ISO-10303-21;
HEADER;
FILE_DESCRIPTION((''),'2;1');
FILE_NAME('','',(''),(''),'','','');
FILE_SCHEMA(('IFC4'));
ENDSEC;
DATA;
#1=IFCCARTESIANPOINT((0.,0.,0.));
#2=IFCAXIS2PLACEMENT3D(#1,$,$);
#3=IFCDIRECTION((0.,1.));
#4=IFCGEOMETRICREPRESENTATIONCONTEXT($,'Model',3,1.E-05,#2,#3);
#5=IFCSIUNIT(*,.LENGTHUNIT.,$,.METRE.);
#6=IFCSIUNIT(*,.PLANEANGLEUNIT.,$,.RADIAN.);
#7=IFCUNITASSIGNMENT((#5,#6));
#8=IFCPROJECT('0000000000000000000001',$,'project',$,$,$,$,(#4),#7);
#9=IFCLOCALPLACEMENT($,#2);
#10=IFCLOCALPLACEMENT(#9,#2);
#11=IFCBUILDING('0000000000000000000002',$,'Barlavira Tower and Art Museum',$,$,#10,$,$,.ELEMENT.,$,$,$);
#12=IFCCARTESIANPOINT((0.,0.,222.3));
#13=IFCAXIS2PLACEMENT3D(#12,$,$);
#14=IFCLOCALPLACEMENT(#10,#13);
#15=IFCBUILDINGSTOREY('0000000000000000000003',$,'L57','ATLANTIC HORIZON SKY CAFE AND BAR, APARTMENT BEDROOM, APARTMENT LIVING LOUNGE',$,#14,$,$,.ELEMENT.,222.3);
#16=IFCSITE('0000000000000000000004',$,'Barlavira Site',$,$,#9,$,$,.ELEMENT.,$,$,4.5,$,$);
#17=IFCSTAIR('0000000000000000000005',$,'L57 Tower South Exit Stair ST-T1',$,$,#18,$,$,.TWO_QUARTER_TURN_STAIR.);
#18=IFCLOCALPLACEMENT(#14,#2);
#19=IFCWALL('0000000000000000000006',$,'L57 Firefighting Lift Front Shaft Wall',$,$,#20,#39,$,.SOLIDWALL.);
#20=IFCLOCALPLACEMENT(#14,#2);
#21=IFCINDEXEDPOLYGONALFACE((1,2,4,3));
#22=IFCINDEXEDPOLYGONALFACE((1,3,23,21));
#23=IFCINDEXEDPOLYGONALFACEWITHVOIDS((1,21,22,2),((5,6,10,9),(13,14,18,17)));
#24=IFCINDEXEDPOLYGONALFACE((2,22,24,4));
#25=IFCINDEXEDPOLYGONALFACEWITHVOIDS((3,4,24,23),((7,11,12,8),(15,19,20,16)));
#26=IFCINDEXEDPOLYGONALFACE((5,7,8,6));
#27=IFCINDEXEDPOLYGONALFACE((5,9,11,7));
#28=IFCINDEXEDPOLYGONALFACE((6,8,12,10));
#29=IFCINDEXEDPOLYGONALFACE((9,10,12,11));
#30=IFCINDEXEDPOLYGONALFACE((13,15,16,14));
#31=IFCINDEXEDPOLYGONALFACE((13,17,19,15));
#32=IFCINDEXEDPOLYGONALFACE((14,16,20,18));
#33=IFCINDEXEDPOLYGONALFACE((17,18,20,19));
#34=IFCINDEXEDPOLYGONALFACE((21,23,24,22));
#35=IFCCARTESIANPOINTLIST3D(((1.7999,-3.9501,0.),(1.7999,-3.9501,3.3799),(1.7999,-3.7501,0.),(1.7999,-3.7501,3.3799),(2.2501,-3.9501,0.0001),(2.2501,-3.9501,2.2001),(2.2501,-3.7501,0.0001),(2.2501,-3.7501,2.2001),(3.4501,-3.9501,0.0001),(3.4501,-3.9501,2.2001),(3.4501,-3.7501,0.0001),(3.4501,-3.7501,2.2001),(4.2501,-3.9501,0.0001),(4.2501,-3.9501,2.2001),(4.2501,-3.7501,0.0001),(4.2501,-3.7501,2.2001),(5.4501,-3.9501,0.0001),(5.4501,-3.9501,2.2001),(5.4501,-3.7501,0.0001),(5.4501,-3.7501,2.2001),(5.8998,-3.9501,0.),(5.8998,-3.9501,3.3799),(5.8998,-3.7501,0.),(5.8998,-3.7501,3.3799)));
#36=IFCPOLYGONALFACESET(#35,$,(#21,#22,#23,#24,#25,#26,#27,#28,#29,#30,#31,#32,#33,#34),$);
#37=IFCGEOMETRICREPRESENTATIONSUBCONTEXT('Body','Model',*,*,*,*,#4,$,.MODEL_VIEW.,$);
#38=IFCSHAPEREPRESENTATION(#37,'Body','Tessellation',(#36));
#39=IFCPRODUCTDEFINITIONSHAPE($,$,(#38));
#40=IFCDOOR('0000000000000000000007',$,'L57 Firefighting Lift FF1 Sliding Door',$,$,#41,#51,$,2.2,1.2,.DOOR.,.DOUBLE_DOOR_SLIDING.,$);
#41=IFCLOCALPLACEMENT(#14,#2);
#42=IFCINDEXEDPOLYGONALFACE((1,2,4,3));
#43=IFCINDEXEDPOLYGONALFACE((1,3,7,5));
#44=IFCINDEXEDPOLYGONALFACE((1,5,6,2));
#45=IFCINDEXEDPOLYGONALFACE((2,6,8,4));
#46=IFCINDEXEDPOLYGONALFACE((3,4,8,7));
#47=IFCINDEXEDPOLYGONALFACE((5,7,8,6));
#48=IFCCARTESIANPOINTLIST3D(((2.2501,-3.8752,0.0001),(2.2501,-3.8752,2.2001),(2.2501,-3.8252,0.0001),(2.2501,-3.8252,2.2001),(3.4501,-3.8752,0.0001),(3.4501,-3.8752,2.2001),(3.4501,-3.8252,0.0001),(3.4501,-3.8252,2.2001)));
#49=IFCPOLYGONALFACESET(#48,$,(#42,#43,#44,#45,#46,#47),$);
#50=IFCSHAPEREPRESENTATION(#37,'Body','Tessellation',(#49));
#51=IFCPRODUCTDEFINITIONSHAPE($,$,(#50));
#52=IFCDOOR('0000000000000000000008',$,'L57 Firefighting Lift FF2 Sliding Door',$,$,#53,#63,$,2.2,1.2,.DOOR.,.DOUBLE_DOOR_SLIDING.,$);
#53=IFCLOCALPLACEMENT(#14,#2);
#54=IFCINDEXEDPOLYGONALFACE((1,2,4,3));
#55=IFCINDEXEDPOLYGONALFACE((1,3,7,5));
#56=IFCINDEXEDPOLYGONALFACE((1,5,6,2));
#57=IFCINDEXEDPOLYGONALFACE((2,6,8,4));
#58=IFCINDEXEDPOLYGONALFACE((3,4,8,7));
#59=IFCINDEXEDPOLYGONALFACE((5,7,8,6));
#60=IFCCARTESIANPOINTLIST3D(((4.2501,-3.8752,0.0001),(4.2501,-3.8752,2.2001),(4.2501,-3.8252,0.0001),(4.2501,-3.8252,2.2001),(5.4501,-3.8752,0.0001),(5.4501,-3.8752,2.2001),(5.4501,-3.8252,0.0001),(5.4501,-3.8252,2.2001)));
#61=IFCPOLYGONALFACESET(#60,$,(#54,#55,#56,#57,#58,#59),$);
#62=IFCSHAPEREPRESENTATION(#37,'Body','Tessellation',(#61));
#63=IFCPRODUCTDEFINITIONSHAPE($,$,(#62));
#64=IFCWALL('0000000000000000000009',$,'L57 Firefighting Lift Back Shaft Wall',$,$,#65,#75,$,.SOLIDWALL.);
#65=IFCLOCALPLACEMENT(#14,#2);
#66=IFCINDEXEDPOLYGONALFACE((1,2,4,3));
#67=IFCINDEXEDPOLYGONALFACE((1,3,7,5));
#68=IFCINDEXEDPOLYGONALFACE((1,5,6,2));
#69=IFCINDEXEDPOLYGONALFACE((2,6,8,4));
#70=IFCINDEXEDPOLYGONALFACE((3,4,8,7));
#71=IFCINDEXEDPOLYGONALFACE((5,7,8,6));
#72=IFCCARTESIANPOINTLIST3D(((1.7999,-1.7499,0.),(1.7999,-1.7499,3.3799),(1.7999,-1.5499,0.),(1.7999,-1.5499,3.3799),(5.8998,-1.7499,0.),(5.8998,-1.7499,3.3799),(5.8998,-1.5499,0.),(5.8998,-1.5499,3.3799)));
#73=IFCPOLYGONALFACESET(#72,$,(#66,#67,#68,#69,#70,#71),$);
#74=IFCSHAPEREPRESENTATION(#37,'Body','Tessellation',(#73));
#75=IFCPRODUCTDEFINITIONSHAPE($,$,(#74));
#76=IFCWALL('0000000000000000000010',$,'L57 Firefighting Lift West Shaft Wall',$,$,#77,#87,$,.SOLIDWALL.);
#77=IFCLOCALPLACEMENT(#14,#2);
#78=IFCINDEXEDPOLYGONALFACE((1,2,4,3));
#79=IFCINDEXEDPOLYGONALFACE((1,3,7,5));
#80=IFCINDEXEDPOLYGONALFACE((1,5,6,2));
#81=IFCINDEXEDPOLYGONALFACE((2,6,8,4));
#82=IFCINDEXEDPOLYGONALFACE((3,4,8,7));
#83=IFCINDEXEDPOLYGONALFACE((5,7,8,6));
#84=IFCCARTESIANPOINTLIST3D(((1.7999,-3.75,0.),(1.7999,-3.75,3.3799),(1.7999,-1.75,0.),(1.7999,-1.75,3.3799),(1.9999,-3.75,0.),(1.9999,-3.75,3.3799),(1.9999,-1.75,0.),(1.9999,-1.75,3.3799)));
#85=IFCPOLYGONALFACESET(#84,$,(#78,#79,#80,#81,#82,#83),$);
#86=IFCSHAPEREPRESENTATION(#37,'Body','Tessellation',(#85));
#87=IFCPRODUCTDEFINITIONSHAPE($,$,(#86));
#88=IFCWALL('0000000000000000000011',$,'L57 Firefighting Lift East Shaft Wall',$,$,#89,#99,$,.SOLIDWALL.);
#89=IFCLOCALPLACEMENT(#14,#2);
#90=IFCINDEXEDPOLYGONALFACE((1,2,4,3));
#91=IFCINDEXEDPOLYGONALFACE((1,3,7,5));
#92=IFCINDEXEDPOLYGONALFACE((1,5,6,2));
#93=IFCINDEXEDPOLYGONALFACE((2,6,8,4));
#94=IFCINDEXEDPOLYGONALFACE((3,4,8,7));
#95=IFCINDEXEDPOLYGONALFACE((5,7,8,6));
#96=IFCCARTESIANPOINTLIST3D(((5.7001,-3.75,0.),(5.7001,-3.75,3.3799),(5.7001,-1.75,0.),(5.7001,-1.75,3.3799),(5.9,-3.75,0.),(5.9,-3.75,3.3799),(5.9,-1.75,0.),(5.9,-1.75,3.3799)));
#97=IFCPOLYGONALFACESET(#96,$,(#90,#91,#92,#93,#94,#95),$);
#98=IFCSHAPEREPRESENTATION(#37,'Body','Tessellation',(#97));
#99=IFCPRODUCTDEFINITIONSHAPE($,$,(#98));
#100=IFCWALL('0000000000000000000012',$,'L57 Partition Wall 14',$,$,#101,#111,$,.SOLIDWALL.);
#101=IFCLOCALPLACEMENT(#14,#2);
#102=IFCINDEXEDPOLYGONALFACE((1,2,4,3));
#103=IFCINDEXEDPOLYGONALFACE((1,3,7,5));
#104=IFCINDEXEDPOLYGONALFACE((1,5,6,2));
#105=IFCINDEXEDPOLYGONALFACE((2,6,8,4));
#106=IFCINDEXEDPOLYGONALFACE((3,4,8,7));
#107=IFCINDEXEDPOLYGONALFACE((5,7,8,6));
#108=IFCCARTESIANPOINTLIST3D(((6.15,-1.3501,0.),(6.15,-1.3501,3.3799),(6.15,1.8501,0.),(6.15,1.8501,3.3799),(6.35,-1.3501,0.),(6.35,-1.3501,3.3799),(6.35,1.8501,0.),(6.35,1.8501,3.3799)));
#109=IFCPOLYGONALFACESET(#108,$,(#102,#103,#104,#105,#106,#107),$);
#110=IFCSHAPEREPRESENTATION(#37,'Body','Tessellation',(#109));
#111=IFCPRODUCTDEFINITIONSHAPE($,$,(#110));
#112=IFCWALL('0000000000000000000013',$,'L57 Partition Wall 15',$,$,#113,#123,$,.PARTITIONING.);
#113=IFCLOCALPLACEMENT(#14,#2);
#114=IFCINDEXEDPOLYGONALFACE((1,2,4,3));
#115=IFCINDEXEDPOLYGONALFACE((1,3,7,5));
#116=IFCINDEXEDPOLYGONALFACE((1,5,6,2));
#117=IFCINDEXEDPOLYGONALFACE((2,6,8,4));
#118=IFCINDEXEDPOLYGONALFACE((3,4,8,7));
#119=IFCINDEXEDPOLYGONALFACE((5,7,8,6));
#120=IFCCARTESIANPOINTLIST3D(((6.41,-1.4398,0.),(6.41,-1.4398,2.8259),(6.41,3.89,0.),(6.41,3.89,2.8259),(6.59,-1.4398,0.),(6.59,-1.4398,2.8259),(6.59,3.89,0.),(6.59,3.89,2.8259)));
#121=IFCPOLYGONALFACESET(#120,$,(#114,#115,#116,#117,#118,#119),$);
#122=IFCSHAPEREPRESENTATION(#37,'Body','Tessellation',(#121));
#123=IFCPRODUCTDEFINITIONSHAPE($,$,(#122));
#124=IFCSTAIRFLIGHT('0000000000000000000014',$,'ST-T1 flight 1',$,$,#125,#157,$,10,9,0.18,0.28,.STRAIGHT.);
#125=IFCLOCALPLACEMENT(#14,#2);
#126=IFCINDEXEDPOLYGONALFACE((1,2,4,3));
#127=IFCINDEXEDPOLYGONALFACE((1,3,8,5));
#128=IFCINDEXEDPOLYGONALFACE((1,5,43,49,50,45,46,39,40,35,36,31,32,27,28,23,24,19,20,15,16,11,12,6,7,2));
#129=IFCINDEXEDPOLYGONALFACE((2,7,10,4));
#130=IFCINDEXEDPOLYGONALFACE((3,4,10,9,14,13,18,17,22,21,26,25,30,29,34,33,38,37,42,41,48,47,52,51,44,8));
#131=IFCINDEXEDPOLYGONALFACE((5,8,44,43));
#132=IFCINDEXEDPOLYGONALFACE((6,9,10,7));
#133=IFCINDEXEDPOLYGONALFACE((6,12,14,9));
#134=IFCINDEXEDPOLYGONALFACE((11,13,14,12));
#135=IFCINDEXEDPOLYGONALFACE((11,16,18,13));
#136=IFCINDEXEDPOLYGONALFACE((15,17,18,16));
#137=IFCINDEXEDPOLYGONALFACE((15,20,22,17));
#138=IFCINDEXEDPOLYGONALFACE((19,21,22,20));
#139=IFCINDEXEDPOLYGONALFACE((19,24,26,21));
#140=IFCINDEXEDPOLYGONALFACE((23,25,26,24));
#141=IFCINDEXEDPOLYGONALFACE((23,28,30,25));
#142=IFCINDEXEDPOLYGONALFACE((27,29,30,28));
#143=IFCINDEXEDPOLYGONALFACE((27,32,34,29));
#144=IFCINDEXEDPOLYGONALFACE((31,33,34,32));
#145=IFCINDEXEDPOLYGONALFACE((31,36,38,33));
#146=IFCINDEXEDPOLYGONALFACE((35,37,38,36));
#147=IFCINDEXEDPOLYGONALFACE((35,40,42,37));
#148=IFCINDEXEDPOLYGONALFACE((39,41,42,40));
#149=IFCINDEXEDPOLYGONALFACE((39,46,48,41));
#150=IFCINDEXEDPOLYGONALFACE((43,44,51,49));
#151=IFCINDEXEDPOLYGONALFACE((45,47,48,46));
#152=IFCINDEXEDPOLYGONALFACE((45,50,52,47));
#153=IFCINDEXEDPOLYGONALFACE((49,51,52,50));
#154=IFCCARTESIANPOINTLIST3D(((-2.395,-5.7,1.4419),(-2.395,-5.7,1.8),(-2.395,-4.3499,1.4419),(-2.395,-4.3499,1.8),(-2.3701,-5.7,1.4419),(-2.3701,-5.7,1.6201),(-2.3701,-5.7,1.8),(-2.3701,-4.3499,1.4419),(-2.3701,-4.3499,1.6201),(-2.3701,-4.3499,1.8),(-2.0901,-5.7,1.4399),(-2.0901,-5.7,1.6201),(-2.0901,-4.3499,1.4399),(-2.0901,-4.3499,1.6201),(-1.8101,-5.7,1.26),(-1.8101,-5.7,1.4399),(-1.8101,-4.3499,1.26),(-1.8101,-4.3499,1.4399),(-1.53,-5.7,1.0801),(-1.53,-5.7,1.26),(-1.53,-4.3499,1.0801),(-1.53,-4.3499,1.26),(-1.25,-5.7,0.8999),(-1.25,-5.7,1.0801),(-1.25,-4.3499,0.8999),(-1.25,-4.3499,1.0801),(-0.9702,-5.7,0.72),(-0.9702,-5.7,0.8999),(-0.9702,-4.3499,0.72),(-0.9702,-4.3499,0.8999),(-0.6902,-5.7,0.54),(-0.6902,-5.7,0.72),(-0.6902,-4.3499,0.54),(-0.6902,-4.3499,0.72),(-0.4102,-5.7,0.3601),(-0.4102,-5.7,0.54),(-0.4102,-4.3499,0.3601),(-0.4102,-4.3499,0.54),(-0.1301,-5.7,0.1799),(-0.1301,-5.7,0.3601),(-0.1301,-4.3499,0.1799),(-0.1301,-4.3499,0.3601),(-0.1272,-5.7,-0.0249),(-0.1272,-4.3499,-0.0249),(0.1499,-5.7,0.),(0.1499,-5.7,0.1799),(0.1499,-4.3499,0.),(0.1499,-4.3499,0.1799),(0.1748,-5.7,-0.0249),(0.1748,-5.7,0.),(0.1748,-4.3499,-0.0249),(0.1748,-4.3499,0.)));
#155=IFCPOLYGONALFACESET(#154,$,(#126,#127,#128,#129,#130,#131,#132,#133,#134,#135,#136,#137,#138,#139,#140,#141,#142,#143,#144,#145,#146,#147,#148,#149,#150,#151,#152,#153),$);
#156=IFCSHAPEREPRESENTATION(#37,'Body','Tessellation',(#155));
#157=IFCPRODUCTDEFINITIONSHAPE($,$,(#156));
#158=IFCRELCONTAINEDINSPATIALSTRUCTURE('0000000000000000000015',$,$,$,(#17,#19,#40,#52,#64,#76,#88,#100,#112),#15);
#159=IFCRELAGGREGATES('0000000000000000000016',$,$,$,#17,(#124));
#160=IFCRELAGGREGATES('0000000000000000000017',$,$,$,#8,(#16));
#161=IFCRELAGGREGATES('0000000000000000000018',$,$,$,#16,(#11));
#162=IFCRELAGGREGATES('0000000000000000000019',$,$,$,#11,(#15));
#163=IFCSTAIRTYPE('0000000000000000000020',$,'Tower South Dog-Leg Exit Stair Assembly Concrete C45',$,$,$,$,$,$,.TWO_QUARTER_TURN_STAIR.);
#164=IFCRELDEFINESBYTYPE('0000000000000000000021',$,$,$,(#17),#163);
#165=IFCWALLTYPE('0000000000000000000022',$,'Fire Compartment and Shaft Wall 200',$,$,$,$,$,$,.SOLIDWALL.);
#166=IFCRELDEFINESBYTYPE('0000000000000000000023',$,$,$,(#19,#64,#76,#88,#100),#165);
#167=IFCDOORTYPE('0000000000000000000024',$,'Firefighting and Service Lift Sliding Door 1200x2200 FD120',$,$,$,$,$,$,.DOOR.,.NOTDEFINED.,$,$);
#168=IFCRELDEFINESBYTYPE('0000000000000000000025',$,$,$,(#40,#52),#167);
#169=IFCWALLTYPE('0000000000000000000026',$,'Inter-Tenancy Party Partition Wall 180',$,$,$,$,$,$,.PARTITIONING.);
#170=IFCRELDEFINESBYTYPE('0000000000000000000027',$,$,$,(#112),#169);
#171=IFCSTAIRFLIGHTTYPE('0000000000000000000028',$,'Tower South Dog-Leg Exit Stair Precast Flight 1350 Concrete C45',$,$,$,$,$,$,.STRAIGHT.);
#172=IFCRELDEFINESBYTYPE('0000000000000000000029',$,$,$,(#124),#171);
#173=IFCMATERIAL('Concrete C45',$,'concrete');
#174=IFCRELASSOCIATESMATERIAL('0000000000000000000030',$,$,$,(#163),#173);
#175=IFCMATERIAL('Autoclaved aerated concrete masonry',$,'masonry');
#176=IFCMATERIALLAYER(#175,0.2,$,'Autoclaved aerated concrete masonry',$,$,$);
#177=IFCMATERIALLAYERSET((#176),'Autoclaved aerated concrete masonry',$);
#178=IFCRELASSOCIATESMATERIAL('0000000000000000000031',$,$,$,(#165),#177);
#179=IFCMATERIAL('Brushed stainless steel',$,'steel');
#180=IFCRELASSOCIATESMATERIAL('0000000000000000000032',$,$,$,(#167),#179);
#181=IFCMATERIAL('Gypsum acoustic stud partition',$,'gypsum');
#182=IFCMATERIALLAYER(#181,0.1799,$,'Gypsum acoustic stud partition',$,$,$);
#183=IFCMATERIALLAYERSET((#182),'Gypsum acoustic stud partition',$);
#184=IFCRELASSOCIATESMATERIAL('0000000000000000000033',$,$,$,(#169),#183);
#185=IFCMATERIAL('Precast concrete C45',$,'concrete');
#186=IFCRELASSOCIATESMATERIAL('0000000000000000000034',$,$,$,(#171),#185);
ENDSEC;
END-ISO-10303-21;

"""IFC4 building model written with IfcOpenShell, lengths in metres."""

from ifc_helpers import new_model, si_unit, direction, frame, frame_2d, origin, place, context, subcontext, project, spatial, polyline, rectangle, outline, extrude, material, layer, layer_set, type_object, element, fill, aggregate, save


model = new_model("IFC4")

# Units and contexts
model_context = context("Model", 3, precision=1e-05, world=origin(), true_north=direction((0.0, 1.0)))
body_context = subcontext(model_context, "Body", "Model", "MODEL_VIEW")
ifc_project = project(units=[si_unit("LENGTHUNIT", "METRE"), si_unit("PLANEANGLEUNIT", "RADIAN")], contexts=[model_context])

# Site, building, storey
site_placement = place(None, origin())
site = spatial("IfcSite", under=ifc_project, at=site_placement, Name="Barlavira Site", CompositionType="ELEMENT", RefElevation=4.5)
building_placement = place(site_placement, origin())
building = spatial("IfcBuilding", under=site, at=building_placement, Name="Barlavira Tower and Art Museum", CompositionType="ELEMENT")
storey_placement = place(building_placement, frame((0.0, 0.0, 222.3)))
storey = spatial("IfcBuildingStorey", under=building, at=storey_placement, Name="L57", Description="ATLANTIC HORIZON SKY CAFE AND BAR, APARTMENT BEDROOM, APARTMENT LIVING LOUNGE", CompositionType="ELEMENT", Elevation=222.3)

# Stair
ifc_material_1 = material(Name="Concrete C45", Category="concrete")
stair_type_1 = type_object("IfcStairType", Name="Tower South Dog-Leg Exit Stair Assembly Concrete C45", PredefinedType="TWO_QUARTER_TURN_STAIR", material=ifc_material_1)
stair_1_placement = place(storey_placement, origin())
stair_1 = element("IfcStair", 1, at=stair_1_placement, inside=storey, type_object=stair_type_1, Name="L57 Tower South Exit Stair ST-T1", PredefinedType="TWO_QUARTER_TURN_STAIR")

# Shared definitions
ifc_material_2 = material(Name="Brushed stainless steel", Category="steel")

# Wall, openings, doors
ifc_material_3 = material(Name="Autoclaved aerated concrete masonry", Category="masonry")
ifc_layer_1 = layer(ifc_material_3, 0.2, Name="Autoclaved aerated concrete masonry")
ifc_layer_set_1 = layer_set([ifc_layer_1], Name="Autoclaved aerated concrete masonry")
wall_type_1 = type_object("IfcWallType", Name="Fire Compartment and Shaft Wall 200", PredefinedType="SOLIDWALL", material=ifc_layer_set_1)
wall_1_placement = place(storey_placement, frame((1.8, -3.8501, 0.0), z_axis=(0.0, 0.0, 1.0), x_axis=(1.0, 0.0, 0.0)))
wall_1 = element("IfcWall", 2, at=wall_1_placement, inside=storey, type_object=wall_type_1, Name="L57 Firefighting Lift Front Shaft Wall", PredefinedType="SOLIDWALL", context=body_context, shape_type="SweptSolid", body=[
    extrude(rectangle(XDim=4.0999, YDim=0.2, at=frame_2d((2.0498, 0.0))), origin(), (0.0, 0.0, 1.0), 3.3799),
])
opening_1_placement = place(wall_1_placement, frame((0.45, 0.0, 0.0)))
opening_1 = element("IfcOpeningElement", 3, at=opening_1_placement, cuts=wall_1, PredefinedType="OPENING", context=body_context, shape_type="SweptSolid", body=[
    extrude(rectangle(XDim=1.2, YDim=2.2, at=frame_2d((0.6001, 1.1001))), frame((0.0, 0.1099, 0.0), z_axis=(0.0, -1.0, 0.0), x_axis=(1.0, 0.0, 0.0)), (0.0, 0.0, 1.0), 0.22),
])
opening_2_placement = place(wall_1_placement, frame((2.45, 0.0, 0.0)))
opening_2 = element("IfcOpeningElement", 4, at=opening_2_placement, cuts=wall_1, PredefinedType="OPENING", context=body_context, shape_type="SweptSolid", body=[
    extrude(rectangle(XDim=1.2, YDim=2.2, at=frame_2d((0.6001, 1.1001))), frame((0.0, 0.1099, 0.0), z_axis=(0.0, -1.0, 0.0), x_axis=(1.0, 0.0, 0.0)), (0.0, 0.0, 1.0), 0.22),
])
door_type_1 = type_object("IfcDoorType", Name="Firefighting and Service Lift Sliding Door 1200x2200 FD120", OperationType="NOTDEFINED", PredefinedType="DOOR", material=ifc_material_2)
door_1_placement = place(opening_1_placement, origin())
door_1 = element("IfcDoor", 5, at=door_1_placement, inside=storey, type_object=door_type_1, Name="L57 Firefighting Lift FF1 Sliding Door", OperationType="DOUBLE_DOOR_SLIDING", OverallHeight=2.2, OverallWidth=1.2, PredefinedType="DOOR", context=body_context, shape_type="SweptSolid", body=[
    extrude(rectangle(XDim=1.2, YDim=2.2, at=frame_2d((0.6001, 1.1001))), frame((0.0, 0.0249, 0.0), z_axis=(0.0, -1.0, 0.0), x_axis=(1.0, 0.0, 0.0)), (0.0, 0.0, 1.0), 0.05),
])
fill(opening_1, door_1)
door_2_placement = place(opening_2_placement, origin())
door_2 = element("IfcDoor", 6, at=door_2_placement, inside=storey, type_object=door_type_1, Name="L57 Firefighting Lift FF2 Sliding Door", OperationType="DOUBLE_DOOR_SLIDING", OverallHeight=2.2, OverallWidth=1.2, PredefinedType="DOOR", context=body_context, shape_type="SweptSolid", body=[
    extrude(rectangle(XDim=1.2, YDim=2.2, at=frame_2d((0.6001, 1.1001))), frame((0.0, 0.0249, 0.0), z_axis=(0.0, -1.0, 0.0), x_axis=(1.0, 0.0, 0.0)), (0.0, 0.0, 1.0), 0.05),
])
fill(opening_2, door_2)

# Walls
wall_2_placement = place(storey_placement, frame((1.8, -1.6499, 0.0), z_axis=(0.0, 0.0, 1.0), x_axis=(1.0, 0.0, 0.0)))
element("IfcWall", 7, at=wall_2_placement, inside=storey, type_object=wall_type_1, Name="L57 Firefighting Lift Back Shaft Wall", PredefinedType="SOLIDWALL", context=body_context, shape_type="SweptSolid", body=[
    extrude(rectangle(XDim=4.0999, YDim=0.2, at=frame_2d((2.0498, 0.0))), origin(), (0.0, 0.0, 1.0), 3.3799),
])
for number, where, z_axis, x_axis, name in (
    (8, (1.8999, -3.75, 0.0), (0.0, 0.0, 1.0), (0.0, 1.0, 0.0), "L57 Firefighting Lift West Shaft Wall"),
    (9, (5.8, -3.75, 0.0), (0.0, 0.0, 1.0), (0.0, 1.0, 0.0), "L57 Firefighting Lift East Shaft Wall"),
):
    element("IfcWall", number, at=place(storey_placement, frame(where, z_axis=z_axis, x_axis=x_axis)), inside=storey, type_object=wall_type_1, Name=name, PredefinedType="SOLIDWALL", context=body_context, shape_type="SweptSolid", body=[
        extrude(rectangle(XDim=2.0, YDim=0.2, at=frame_2d((1.0, 0.0))), origin(), (0.0, 0.0, 1.0), 3.3799),
    ])

# Walls
wall_3_placement = place(storey_placement, frame((6.25, -1.3501, 0.0), z_axis=(0.0, 0.0, 1.0), x_axis=(0.0, 1.0, 0.0)))
element("IfcWall", 10, at=wall_3_placement, inside=storey, type_object=wall_type_1, Name="L57 Partition Wall 14", PredefinedType="SOLIDWALL", context=body_context, shape_type="SweptSolid", body=[
    extrude(rectangle(XDim=3.2002, YDim=0.2, at=frame_2d((1.6001, 0.0))), origin(), (0.0, 0.0, 1.0), 3.3799),
])
ifc_material_4 = material(Name="Gypsum acoustic stud partition", Category="gypsum")
ifc_layer_2 = layer(ifc_material_4, 0.1799, Name="Gypsum acoustic stud partition")
ifc_layer_set_2 = layer_set([ifc_layer_2], Name="Gypsum acoustic stud partition")
wall_type_2 = type_object("IfcWallType", Name="Inter-Tenancy Party Partition Wall 180", PredefinedType="PARTITIONING", material=ifc_layer_set_2)
wall_4_placement = place(storey_placement, frame((6.5, -1.4399, 0.0), z_axis=(0.0, 0.0, 1.0), x_axis=(0.0, 1.0, 0.0)))
element("IfcWall", 11, at=wall_4_placement, inside=storey, type_object=wall_type_2, Name="L57 Partition Wall 15", PredefinedType="PARTITIONING", context=body_context, shape_type="SweptSolid", body=[
    extrude(rectangle(XDim=5.3298, YDim=0.1799, at=frame_2d((2.665, 0.0))), origin(), (0.0, 0.0, 1.0), 2.8259),
])

# Stair flight
ifc_material_5 = material(Name="Precast concrete C45", Category="concrete")
stair_flight_type = type_object("IfcStairFlightType", Name="Tower South Dog-Leg Exit Stair Precast Flight 1350 Concrete C45", PredefinedType="STRAIGHT", material=ifc_material_5)
stair_flight_placement = place(storey_placement, frame((0.1499, -5.0249, 0.0), z_axis=(0.0, 0.0, 1.0), x_axis=(-1.0, 0.0, 0.0)))
stair_flight = element("IfcStairFlight", 12, at=stair_flight_placement, type_object=stair_flight_type, Name="ST-T1 flight 1", NumberOfRisers=10, NumberOfTreads=9, PredefinedType="STRAIGHT", RiserHeight=0.18, TreadLength=0.28, context=body_context, shape_type="SweptSolid", body=[
    extrude(outline(polyline([(-0.0249, 0.0), (0.0, 0.0), (0.0, 0.1799), (0.28, 0.1799), (0.28, 0.3601), (0.5601, 0.3601), (0.5601, 0.54), (0.8401, 0.54), (0.8401, 0.72), (1.1201, 0.72), (1.1201, 0.8999), (1.3999, 0.8999), (1.3999, 1.0801), (1.6799, 1.0801), (1.6799, 1.26), (1.96, 1.26), (1.96, 1.4399), (2.24, 1.4399), (2.24, 1.6201), (2.52, 1.6201), (2.52, 1.8), (2.5449, 1.8), (2.5449, 1.4419), (2.52, 1.4419), (0.2771, -0.0249), (-0.0249, -0.0249), (-0.0249, 0.0)])), frame((0.0, 0.675, 0.0), z_axis=(0.0, -1.0, 0.0), x_axis=(1.0, 0.0, 0.0)), (0.0, 0.0, 1.0), 1.3501),
])
aggregate(stair_1, [stair_flight])

save(model, "model.ifc")
